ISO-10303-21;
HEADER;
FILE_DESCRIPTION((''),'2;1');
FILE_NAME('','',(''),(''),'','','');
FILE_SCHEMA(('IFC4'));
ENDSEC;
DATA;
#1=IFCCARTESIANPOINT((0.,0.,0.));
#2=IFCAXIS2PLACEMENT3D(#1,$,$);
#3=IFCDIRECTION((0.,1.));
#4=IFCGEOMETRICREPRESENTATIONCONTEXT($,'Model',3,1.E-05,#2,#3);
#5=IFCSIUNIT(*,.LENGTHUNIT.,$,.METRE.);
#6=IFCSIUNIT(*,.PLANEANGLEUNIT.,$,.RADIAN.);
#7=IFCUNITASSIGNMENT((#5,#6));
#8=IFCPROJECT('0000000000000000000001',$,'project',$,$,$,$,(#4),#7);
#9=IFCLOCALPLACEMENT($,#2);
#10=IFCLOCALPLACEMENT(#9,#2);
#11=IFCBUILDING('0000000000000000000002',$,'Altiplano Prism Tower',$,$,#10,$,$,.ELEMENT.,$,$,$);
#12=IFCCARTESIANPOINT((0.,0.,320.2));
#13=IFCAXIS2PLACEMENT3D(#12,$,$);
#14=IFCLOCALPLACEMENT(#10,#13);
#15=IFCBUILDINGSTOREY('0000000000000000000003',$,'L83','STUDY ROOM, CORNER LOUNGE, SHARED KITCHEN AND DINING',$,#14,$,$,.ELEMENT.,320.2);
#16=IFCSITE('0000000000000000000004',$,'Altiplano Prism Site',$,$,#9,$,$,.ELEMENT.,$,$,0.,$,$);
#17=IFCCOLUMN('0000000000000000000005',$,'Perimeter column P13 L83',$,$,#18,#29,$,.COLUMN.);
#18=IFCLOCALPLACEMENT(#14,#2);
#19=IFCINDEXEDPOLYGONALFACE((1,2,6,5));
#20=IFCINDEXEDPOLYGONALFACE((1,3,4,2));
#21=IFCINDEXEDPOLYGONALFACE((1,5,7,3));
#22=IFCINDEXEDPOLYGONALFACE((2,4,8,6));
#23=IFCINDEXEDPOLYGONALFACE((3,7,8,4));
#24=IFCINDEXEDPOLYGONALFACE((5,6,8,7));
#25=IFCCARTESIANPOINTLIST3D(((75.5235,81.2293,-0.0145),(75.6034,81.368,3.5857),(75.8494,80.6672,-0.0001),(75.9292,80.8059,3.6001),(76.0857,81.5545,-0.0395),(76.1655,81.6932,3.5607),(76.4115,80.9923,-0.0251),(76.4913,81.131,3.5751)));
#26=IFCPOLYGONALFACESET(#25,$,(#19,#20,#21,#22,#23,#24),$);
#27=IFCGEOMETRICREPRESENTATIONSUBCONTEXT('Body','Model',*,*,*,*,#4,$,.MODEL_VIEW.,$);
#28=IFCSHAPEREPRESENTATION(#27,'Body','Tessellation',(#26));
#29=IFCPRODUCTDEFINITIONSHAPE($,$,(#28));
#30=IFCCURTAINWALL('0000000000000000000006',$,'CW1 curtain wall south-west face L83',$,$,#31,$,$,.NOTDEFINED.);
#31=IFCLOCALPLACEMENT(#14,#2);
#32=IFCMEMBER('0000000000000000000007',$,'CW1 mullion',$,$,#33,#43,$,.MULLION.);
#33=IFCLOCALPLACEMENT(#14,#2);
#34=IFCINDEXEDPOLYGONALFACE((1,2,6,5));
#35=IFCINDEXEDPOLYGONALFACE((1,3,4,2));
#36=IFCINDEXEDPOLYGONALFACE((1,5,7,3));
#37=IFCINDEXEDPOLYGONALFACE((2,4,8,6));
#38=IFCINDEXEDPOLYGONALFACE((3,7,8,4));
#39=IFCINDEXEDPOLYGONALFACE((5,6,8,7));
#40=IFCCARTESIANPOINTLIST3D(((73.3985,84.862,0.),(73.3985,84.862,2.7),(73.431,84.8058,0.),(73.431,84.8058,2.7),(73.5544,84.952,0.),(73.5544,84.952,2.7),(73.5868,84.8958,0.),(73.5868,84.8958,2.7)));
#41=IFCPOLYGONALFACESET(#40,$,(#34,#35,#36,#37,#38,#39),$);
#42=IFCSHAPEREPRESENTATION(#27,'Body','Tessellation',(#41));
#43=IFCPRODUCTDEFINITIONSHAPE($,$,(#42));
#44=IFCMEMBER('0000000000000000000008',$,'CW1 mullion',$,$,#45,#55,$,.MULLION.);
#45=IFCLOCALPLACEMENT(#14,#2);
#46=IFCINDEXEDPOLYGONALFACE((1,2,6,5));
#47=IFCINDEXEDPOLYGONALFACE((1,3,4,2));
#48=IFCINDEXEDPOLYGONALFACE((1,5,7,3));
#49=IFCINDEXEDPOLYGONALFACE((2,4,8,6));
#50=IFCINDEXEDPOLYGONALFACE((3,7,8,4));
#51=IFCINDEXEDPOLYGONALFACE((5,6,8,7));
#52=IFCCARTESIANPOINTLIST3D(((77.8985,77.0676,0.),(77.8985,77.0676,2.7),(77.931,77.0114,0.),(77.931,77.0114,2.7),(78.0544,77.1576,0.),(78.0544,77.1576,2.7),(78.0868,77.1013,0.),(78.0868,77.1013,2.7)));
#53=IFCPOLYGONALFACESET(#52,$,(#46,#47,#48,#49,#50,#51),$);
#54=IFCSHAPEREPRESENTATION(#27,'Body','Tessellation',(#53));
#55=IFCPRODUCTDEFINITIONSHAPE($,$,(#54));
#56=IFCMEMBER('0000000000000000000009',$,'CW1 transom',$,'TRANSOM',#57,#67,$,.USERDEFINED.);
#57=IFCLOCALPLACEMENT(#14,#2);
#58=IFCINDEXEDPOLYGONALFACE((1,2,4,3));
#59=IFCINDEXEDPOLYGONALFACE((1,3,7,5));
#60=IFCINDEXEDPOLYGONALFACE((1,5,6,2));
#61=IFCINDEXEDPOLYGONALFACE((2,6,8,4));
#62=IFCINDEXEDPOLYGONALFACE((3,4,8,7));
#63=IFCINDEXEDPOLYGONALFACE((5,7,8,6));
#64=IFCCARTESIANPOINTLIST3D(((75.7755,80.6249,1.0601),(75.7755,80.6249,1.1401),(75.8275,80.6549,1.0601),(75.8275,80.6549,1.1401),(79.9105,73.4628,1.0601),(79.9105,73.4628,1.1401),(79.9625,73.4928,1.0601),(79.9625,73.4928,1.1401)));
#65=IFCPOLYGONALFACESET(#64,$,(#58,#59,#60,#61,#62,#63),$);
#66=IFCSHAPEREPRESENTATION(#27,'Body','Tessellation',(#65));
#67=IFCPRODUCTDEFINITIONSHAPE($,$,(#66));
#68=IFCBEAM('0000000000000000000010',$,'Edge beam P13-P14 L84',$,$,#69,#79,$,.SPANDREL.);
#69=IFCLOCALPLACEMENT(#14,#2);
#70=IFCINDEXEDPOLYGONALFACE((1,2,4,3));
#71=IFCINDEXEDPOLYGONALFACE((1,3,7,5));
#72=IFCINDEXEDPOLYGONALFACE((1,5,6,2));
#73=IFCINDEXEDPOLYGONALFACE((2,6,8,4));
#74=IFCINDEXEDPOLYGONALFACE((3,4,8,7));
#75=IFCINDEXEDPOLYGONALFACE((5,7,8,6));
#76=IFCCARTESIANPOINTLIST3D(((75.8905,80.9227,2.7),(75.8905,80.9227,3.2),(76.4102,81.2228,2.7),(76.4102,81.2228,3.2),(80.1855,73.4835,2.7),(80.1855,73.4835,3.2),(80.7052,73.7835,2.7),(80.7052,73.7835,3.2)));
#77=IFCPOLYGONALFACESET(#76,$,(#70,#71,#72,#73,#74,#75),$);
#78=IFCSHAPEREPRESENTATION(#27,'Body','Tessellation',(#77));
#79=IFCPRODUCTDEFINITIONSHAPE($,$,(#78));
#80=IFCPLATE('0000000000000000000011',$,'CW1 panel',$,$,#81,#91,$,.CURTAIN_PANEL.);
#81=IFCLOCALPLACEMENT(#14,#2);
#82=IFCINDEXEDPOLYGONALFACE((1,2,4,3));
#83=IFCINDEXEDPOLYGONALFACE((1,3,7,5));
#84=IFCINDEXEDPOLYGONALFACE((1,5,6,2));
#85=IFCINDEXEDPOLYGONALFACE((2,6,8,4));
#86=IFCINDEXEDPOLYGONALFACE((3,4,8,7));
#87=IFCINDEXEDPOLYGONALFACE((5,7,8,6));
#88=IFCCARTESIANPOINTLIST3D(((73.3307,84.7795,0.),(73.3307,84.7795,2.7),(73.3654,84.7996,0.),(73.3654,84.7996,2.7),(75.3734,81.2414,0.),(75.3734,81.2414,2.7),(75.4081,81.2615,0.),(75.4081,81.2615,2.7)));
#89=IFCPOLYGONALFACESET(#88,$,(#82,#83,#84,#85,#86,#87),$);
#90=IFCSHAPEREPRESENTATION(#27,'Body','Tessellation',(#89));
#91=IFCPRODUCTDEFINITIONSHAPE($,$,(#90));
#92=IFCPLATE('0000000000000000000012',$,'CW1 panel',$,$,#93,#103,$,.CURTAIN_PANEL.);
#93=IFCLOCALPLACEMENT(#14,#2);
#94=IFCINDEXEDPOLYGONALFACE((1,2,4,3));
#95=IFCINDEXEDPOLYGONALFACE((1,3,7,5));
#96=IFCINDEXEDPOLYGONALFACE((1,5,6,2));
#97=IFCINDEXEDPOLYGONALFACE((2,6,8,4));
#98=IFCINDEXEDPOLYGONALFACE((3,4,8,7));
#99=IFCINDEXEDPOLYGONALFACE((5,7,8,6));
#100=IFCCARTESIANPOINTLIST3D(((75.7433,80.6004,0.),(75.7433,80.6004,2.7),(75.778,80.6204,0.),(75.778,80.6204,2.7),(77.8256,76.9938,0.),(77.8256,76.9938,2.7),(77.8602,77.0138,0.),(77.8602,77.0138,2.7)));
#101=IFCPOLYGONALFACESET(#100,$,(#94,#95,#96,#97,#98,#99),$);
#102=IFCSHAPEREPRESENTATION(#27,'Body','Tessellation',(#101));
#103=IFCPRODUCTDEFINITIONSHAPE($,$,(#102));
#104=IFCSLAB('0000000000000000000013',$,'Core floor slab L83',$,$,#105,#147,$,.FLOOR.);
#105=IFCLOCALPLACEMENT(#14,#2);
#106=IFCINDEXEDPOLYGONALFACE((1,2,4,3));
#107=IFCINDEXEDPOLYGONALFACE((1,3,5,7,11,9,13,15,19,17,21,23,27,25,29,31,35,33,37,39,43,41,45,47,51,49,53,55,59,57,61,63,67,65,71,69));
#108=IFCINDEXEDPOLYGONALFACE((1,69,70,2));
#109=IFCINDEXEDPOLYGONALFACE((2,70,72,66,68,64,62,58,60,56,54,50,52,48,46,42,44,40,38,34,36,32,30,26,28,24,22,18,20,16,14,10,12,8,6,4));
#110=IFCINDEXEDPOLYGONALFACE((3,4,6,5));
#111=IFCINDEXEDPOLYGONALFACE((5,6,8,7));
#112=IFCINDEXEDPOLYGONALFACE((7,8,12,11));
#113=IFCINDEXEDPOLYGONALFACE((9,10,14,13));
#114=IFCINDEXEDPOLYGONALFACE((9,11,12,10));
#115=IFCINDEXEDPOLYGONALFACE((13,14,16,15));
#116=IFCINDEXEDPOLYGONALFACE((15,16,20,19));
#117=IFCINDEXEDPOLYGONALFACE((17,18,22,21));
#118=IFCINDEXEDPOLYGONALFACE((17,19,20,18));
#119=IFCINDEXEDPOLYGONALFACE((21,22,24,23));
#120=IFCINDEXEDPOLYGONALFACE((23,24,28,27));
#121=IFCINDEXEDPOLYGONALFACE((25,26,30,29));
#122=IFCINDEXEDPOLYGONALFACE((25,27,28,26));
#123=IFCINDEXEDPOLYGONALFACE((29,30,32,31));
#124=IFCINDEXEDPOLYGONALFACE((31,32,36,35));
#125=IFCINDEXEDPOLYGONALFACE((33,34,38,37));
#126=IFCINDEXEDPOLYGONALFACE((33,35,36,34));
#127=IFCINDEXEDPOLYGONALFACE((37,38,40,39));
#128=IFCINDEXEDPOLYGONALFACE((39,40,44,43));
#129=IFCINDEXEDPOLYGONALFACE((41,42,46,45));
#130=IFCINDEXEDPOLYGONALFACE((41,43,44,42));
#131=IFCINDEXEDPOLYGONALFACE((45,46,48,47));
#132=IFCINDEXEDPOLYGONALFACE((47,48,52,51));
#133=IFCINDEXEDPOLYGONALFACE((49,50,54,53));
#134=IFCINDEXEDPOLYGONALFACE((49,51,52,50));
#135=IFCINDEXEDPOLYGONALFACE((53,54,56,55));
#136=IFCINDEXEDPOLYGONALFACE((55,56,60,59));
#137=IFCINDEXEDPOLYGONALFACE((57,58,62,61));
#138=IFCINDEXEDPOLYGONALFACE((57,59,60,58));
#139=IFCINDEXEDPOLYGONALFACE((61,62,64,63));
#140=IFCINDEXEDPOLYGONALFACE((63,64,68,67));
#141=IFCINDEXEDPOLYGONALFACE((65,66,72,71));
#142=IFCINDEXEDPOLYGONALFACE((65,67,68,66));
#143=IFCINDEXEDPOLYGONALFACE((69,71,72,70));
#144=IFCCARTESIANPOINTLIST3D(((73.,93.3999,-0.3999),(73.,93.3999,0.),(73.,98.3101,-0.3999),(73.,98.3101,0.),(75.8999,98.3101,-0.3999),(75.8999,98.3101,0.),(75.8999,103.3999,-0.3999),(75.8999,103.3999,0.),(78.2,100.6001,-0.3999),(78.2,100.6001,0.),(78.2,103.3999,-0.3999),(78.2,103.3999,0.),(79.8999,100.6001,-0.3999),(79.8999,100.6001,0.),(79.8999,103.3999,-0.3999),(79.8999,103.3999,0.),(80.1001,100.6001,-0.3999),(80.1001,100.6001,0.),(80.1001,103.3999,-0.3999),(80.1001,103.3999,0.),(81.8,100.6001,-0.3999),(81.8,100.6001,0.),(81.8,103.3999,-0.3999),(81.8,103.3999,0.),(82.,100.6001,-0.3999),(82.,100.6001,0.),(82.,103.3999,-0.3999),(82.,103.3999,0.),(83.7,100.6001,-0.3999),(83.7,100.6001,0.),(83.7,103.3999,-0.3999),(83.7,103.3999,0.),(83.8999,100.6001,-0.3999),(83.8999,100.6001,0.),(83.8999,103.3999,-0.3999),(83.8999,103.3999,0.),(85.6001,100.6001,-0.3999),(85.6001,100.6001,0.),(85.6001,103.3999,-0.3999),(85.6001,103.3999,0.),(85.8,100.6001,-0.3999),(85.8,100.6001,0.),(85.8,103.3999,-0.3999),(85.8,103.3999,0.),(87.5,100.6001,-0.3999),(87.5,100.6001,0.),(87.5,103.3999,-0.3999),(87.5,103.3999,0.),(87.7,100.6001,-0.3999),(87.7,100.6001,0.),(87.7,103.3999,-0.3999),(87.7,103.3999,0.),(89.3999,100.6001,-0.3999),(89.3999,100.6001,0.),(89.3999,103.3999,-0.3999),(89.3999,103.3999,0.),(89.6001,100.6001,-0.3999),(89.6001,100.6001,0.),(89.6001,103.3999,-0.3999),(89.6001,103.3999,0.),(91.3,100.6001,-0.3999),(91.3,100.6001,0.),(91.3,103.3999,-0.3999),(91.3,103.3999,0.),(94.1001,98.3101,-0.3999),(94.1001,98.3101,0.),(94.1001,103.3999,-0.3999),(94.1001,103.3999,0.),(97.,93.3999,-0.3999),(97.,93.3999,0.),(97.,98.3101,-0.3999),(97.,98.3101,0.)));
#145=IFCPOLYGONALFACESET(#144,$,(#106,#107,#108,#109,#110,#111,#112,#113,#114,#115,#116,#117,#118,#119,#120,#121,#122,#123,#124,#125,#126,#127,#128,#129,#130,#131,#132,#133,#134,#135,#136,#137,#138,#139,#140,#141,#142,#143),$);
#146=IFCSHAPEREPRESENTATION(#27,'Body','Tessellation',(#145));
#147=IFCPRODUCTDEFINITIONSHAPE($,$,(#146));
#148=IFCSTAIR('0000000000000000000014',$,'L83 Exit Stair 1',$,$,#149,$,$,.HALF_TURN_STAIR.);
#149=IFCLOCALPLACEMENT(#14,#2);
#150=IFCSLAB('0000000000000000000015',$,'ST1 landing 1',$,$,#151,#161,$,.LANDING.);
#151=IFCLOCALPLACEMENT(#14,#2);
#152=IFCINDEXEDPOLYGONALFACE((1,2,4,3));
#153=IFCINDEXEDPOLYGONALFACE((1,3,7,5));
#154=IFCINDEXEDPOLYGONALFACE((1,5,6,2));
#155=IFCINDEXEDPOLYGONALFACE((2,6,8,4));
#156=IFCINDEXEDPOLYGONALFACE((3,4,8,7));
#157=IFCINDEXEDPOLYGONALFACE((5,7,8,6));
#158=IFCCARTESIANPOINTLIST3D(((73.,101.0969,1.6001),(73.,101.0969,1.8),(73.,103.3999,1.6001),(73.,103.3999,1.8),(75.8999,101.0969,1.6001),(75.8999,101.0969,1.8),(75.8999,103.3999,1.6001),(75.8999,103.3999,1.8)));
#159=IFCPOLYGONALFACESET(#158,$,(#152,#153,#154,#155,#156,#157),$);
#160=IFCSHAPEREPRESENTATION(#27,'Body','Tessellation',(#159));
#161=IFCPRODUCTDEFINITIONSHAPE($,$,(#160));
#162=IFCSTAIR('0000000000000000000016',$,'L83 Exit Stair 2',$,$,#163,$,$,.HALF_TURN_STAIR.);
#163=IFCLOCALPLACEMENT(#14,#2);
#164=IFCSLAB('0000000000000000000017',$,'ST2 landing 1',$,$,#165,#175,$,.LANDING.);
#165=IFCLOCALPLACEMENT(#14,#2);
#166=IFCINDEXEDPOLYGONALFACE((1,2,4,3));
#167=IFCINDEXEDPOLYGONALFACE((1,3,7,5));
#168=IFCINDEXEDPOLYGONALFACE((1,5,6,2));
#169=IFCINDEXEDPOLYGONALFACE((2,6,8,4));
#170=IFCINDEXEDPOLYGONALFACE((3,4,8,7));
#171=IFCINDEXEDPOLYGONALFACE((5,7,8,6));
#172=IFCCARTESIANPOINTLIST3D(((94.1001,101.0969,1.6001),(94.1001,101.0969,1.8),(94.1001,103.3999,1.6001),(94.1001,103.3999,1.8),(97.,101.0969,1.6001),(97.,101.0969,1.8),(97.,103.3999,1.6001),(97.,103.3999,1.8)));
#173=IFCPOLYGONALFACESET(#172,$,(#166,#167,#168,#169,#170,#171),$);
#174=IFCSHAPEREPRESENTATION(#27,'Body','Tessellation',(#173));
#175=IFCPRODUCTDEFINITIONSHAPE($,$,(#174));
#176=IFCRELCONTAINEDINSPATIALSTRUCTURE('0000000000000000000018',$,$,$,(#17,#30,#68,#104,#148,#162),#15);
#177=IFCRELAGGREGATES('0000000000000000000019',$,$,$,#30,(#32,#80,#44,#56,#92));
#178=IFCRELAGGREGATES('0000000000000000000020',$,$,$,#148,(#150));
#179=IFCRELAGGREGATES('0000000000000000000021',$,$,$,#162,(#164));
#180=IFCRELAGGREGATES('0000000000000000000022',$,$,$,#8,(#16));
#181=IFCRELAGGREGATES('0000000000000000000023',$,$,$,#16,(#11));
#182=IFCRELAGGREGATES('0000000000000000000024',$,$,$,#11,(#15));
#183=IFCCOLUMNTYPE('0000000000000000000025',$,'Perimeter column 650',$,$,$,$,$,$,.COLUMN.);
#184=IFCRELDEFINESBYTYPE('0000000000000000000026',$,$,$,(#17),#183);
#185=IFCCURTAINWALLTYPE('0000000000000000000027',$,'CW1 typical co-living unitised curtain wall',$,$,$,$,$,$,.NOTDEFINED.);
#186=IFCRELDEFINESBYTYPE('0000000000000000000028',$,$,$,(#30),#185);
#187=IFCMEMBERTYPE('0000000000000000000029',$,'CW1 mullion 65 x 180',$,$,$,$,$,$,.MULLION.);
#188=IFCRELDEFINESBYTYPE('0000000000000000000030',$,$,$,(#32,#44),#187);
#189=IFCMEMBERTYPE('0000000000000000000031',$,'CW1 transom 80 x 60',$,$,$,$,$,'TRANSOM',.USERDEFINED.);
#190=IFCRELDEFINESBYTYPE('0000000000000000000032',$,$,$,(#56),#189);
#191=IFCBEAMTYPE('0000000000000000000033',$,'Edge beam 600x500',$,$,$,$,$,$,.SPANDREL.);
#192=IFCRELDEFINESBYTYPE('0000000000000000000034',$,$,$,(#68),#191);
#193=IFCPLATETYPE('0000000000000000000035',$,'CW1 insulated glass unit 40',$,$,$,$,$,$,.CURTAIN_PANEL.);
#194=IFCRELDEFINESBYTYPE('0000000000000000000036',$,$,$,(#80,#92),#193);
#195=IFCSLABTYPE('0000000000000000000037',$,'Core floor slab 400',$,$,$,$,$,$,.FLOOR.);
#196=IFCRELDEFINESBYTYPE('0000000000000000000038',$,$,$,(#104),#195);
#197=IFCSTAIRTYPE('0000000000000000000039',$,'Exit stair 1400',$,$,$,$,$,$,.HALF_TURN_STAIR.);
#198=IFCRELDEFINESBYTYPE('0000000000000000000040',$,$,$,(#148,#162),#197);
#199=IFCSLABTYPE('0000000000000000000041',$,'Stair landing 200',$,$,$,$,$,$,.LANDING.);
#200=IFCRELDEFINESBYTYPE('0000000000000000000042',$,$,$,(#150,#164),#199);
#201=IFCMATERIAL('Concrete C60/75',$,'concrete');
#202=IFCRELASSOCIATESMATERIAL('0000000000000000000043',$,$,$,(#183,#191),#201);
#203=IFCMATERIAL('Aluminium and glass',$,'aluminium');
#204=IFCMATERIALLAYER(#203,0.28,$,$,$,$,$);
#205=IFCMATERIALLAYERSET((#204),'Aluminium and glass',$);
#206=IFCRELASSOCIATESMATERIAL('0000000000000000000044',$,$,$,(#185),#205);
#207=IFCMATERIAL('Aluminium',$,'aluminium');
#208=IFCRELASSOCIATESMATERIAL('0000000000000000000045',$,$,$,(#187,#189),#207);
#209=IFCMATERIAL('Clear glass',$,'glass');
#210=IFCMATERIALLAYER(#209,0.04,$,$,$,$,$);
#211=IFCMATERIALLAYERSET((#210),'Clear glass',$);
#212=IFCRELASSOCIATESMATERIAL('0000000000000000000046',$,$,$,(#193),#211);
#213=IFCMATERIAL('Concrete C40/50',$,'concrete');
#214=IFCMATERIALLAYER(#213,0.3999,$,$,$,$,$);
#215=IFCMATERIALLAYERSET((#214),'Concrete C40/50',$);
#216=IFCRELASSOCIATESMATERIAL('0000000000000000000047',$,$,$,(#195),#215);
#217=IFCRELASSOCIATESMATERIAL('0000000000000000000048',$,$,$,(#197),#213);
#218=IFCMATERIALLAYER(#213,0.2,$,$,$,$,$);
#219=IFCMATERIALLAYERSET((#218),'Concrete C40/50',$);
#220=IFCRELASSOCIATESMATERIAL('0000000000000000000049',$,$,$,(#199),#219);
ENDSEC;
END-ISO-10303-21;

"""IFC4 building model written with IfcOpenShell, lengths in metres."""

from ifc_helpers import new_model, si_unit, direction, frame, origin, origin_2d, place, context, subcontext, project, spatial, polyline, rectangle, outline, extrude, material, layer, layer_set, material_profile, profile_set, type_object, element, aggregate, save


model = new_model("IFC4")

# Units and contexts
model_context = context("Model", 3, precision=1e-05, world=origin(), true_north=direction((0.0, 1.0)))
body_context = subcontext(model_context, "Body", "Model", "MODEL_VIEW")
ifc_project = project(units=[si_unit("LENGTHUNIT", "METRE"), si_unit("PLANEANGLEUNIT", "RADIAN")], contexts=[model_context])

# Site, building, storey
site_placement = place(None, origin())
site = spatial("IfcSite", under=ifc_project, at=site_placement, Name="Altiplano Prism Site", CompositionType="ELEMENT", RefElevation=0.0)
building_placement = place(site_placement, origin())
building = spatial("IfcBuilding", under=site, at=building_placement, Name="Altiplano Prism Tower", CompositionType="ELEMENT")
storey_placement = place(building_placement, frame((0.0, 0.0, 320.2)))
storey = spatial("IfcBuildingStorey", under=building, at=storey_placement, Name="L83", Description="STUDY ROOM, CORNER LOUNGE, SHARED KITCHEN AND DINING", CompositionType="ELEMENT", Elevation=320.2)

# Column
ifc_material_1 = material(Name="Concrete C60/75", Category="concrete")
ifc_material_profile_1 = material_profile(ifc_material_1, rectangle(XDim=0.6499, YDim=0.6499, at=origin_2d()), Name="Perimeter column 650")
ifc_profile_set_1 = profile_set([ifc_material_profile_1], Name="Concrete C60/75")
column_type = type_object("IfcColumnType", Name="Perimeter column 650", PredefinedType="COLUMN", material=ifc_profile_set_1)
column_placement = place(storey_placement, frame((75.9675, 81.1108, -0.0198), z_axis=(0.022154, 0.038481, 0.999014), x_axis=(-0.86498, -0.500331, 0.038454)))
element("IfcColumn", 1, at=column_placement, inside=storey, type_object=column_type, Name="Perimeter column P13 L83", PredefinedType="COLUMN", context=body_context, shape_type="SweptSolid", body=[
    extrude(rectangle(XDim=0.6499, YDim=0.6499, at=origin_2d()), origin(), (0.0, 0.0, 1.0), 3.6038),
])

# Curtain wall, members
ifc_material_2 = material(Name="Aluminium and glass", Category="aluminium")
ifc_layer_1 = layer(ifc_material_2, 0.28)
ifc_layer_set_1 = layer_set([ifc_layer_1], Name="Aluminium and glass")
curtain_wall_type = type_object("IfcCurtainWallType", Name="CW1 typical co-living unitised curtain wall", PredefinedType="NOTDEFINED", material=ifc_layer_set_1)
curtain_wall_placement = place(storey_placement, origin())
curtain_wall = element("IfcCurtainWall", 2, at=curtain_wall_placement, inside=storey, type_object=curtain_wall_type, Name="CW1 curtain wall south-west face L83", PredefinedType="NOTDEFINED")
ifc_material_3 = material(Name="Aluminium", Category="aluminium")
ifc_material_profile_2 = material_profile(ifc_material_3, rectangle(XDim=0.1799, YDim=0.0649, at=origin_2d()), Name="CW1 mullion 65 x 180")
ifc_profile_set_2 = profile_set([ifc_material_profile_2], Name="Aluminium")
member_type_1 = type_object("IfcMemberType", Name="CW1 mullion 65 x 180", PredefinedType="MULLION", material=ifc_profile_set_2)
member_1_placement = place(storey_placement, frame((73.4927, 84.8789, 0.0), z_axis=(0.0, 0.0, 1.0), x_axis=(0.866025, 0.5, 0.0)))
member_1 = element("IfcMember", 3, at=member_1_placement, type_object=member_type_1, Name="CW1 mullion", PredefinedType="MULLION", context=body_context, shape_type="SweptSolid", body=[
    extrude(rectangle(XDim=0.1799, YDim=0.0649, at=origin_2d()), origin(), (0.0, 0.0, 1.0), 2.7),
])
member_2_placement = place(storey_placement, frame((77.9927, 77.0845, 0.0), z_axis=(0.0, 0.0, 1.0), x_axis=(0.866025, 0.5, 0.0)))
member_2 = element("IfcMember", 4, at=member_2_placement, type_object=member_type_1, Name="CW1 mullion", PredefinedType="MULLION", context=body_context, shape_type="SweptSolid", body=[
    extrude(rectangle(XDim=0.1799, YDim=0.0649, at=origin_2d()), origin(), (0.0, 0.0, 1.0), 2.7),
])
ifc_material_profile_3 = material_profile(ifc_material_3, rectangle(XDim=0.0601, YDim=0.0801, at=origin_2d()), Name="CW1 transom 80 x 60")
ifc_profile_set_3 = profile_set([ifc_material_profile_3], Name="Aluminium")
member_type_2 = type_object("IfcMemberType", Name="CW1 transom 80 x 60", ElementType="TRANSOM", PredefinedType="USERDEFINED", material=ifc_profile_set_3)
member_3_placement = place(storey_placement, frame((75.8015, 80.6399, 1.1001), z_axis=(0.499997, -0.866027, 0.0), x_axis=(0.866027, 0.499997, 0.0)))
member_3 = element("IfcMember", 5, at=member_3_placement, type_object=member_type_2, Name="CW1 transom", ObjectType="TRANSOM", PredefinedType="USERDEFINED", context=body_context, shape_type="SweptSolid", body=[
    extrude(rectangle(XDim=0.0601, YDim=0.0801, at=origin_2d()), origin(), (0.0, 0.0, 1.0), 8.27),
])

# Beam
ifc_material_profile_4 = material_profile(ifc_material_1, rectangle(XDim=0.6001, YDim=0.5, at=origin_2d()), Name="Edge beam 600x500")
ifc_profile_set_4 = profile_set([ifc_material_profile_4], Name="Concrete C60/75")
beam_type = type_object("IfcBeamType", Name="Edge beam 600x500", PredefinedType="SPANDREL", material=ifc_profile_set_4)
beam_placement = place(storey_placement, frame((76.1504, 81.0728, 2.95), z_axis=(0.499991, -0.866031, 0.0), x_axis=(0.866031, 0.499991, 0.0)))
element("IfcBeam", 6, at=beam_placement, inside=storey, type_object=beam_type, Name="Edge beam P13-P14 L84", PredefinedType="SPANDREL", context=body_context, shape_type="SweptSolid", body=[
    extrude(rectangle(XDim=0.6001, YDim=0.5, at=origin_2d()), origin(), (0.0, 0.0, 1.0), 8.5901),
])

# Plates
ifc_material_4 = material(Name="Clear glass", Category="glass")
ifc_layer_2 = layer(ifc_material_4, 0.04)
ifc_layer_set_2 = layer_set([ifc_layer_2], Name="Clear glass")
plate_type = type_object("IfcPlateType", Name="CW1 insulated glass unit 40", PredefinedType="CURTAIN_PANEL", material=ifc_layer_set_2)
plate_1_placement = place(storey_placement, frame((74.3694, 83.0205, 0.0), z_axis=(0.0, 0.0, 1.0), x_axis=(0.5, -0.866025, 0.0)))
plate_1 = element("IfcPlate", 7, at=plate_1_placement, type_object=plate_type, Name="CW1 panel", PredefinedType="CURTAIN_PANEL", context=body_context, shape_type="SweptSolid", body=[
    extrude(rectangle(XDim=4.0854, YDim=0.04, at=origin_2d()), origin(), (0.0, 0.0, 1.0), 2.7),
])
plate_2_placement = place(storey_placement, frame((76.8018, 78.8071, 0.0), z_axis=(0.0, 0.0, 1.0), x_axis=(0.5, -0.866025, 0.0)))
plate_2 = element("IfcPlate", 8, at=plate_2_placement, type_object=plate_type, Name="CW1 panel", PredefinedType="CURTAIN_PANEL", context=body_context, shape_type="SweptSolid", body=[
    extrude(rectangle(XDim=4.1646, YDim=0.04, at=origin_2d()), origin(), (0.0, 0.0, 1.0), 2.7),
])
aggregate(curtain_wall, [member_1, plate_1, member_2, member_3, plate_2])

# Slab
ifc_material_5 = material(Name="Concrete C40/50", Category="concrete")
ifc_layer_3 = layer(ifc_material_5, 0.3999)
ifc_layer_set_3 = layer_set([ifc_layer_3], Name="Concrete C40/50")
slab_type_1 = type_object("IfcSlabType", Name="Core floor slab 400", PredefinedType="FLOOR", material=ifc_layer_set_3)
slab_1_placement = place(storey_placement, frame((0.0, 0.0, -0.3999)))
element("IfcSlab", 9, at=slab_1_placement, inside=storey, type_object=slab_type_1, Name="Core floor slab L83", PredefinedType="FLOOR", context=body_context, shape_type="SweptSolid", body=[
    extrude(outline(polyline([(97.0, 98.3101), (94.1001, 98.3101), (94.1001, 103.3999), (91.3, 103.3999), (91.3, 100.6001), (89.6001, 100.6001), (89.6001, 103.3999), (89.3999, 103.3999), (89.3999, 100.6001), (87.7, 100.6001), (87.7, 103.3999), (87.5, 103.3999), (87.5, 100.6001), (85.8, 100.6001), (85.8, 103.3999), (85.6001, 103.3999), (85.6001, 100.6001), (83.8999, 100.6001), (83.8999, 103.3999), (83.7, 103.3999), (83.7, 100.6001), (82.0, 100.6001), (82.0, 103.3999), (81.8, 103.3999), (81.8, 100.6001), (80.1001, 100.6001), (80.1001, 103.3999), (79.8999, 103.3999), (79.8999, 100.6001), (78.2, 100.6001), (78.2, 103.3999), (75.8999, 103.3999), (75.8999, 98.3101), (73.0, 98.3101), (73.0, 93.3999), (97.0, 93.3999), (97.0, 98.3101)])), origin(), (0.0, 0.0, 1.0), 0.3999),
])

# Stairs, slabs
stair_type = type_object("IfcStairType", Name="Exit stair 1400", PredefinedType="HALF_TURN_STAIR", material=ifc_material_5)
stair_1_placement = place(storey_placement, origin())
stair_1 = element("IfcStair", 10, at=stair_1_placement, inside=storey, type_object=stair_type, Name="L83 Exit Stair 1", PredefinedType="HALF_TURN_STAIR")
ifc_layer_4 = layer(ifc_material_5, 0.2)
ifc_layer_set_4 = layer_set([ifc_layer_4], Name="Concrete C40/50")
slab_type_2 = type_object("IfcSlabType", Name="Stair landing 200", PredefinedType="LANDING", material=ifc_layer_set_4)
slab_2_placement = place(storey_placement, frame((0.0, 0.0, 1.6001)))
slab_2 = element("IfcSlab", 11, at=slab_2_placement, type_object=slab_type_2, Name="ST1 landing 1", PredefinedType="LANDING", context=body_context, shape_type="SweptSolid", body=[
    extrude(outline(polyline([(75.8999, 101.0969), (75.8999, 103.3999), (73.0, 103.3999), (73.0, 101.0969), (75.8999, 101.0969)])), origin(), (0.0, 0.0, 1.0), 0.2),
])
aggregate(stair_1, [slab_2])
stair_2_placement = place(storey_placement, origin())
stair_2 = element("IfcStair", 12, at=stair_2_placement, inside=storey, type_object=stair_type, Name="L83 Exit Stair 2", PredefinedType="HALF_TURN_STAIR")
slab_3_placement = place(storey_placement, frame((0.0, 0.0, 1.6001)))
slab_3 = element("IfcSlab", 13, at=slab_3_placement, type_object=slab_type_2, Name="ST2 landing 1", PredefinedType="LANDING", context=body_context, shape_type="SweptSolid", body=[
    extrude(outline(polyline([(97.0, 101.0969), (97.0, 103.3999), (94.1001, 103.3999), (94.1001, 101.0969), (97.0, 101.0969)])), origin(), (0.0, 0.0, 1.0), 0.2),
])
aggregate(stair_2, [slab_3])

save(model, "model.ifc")
